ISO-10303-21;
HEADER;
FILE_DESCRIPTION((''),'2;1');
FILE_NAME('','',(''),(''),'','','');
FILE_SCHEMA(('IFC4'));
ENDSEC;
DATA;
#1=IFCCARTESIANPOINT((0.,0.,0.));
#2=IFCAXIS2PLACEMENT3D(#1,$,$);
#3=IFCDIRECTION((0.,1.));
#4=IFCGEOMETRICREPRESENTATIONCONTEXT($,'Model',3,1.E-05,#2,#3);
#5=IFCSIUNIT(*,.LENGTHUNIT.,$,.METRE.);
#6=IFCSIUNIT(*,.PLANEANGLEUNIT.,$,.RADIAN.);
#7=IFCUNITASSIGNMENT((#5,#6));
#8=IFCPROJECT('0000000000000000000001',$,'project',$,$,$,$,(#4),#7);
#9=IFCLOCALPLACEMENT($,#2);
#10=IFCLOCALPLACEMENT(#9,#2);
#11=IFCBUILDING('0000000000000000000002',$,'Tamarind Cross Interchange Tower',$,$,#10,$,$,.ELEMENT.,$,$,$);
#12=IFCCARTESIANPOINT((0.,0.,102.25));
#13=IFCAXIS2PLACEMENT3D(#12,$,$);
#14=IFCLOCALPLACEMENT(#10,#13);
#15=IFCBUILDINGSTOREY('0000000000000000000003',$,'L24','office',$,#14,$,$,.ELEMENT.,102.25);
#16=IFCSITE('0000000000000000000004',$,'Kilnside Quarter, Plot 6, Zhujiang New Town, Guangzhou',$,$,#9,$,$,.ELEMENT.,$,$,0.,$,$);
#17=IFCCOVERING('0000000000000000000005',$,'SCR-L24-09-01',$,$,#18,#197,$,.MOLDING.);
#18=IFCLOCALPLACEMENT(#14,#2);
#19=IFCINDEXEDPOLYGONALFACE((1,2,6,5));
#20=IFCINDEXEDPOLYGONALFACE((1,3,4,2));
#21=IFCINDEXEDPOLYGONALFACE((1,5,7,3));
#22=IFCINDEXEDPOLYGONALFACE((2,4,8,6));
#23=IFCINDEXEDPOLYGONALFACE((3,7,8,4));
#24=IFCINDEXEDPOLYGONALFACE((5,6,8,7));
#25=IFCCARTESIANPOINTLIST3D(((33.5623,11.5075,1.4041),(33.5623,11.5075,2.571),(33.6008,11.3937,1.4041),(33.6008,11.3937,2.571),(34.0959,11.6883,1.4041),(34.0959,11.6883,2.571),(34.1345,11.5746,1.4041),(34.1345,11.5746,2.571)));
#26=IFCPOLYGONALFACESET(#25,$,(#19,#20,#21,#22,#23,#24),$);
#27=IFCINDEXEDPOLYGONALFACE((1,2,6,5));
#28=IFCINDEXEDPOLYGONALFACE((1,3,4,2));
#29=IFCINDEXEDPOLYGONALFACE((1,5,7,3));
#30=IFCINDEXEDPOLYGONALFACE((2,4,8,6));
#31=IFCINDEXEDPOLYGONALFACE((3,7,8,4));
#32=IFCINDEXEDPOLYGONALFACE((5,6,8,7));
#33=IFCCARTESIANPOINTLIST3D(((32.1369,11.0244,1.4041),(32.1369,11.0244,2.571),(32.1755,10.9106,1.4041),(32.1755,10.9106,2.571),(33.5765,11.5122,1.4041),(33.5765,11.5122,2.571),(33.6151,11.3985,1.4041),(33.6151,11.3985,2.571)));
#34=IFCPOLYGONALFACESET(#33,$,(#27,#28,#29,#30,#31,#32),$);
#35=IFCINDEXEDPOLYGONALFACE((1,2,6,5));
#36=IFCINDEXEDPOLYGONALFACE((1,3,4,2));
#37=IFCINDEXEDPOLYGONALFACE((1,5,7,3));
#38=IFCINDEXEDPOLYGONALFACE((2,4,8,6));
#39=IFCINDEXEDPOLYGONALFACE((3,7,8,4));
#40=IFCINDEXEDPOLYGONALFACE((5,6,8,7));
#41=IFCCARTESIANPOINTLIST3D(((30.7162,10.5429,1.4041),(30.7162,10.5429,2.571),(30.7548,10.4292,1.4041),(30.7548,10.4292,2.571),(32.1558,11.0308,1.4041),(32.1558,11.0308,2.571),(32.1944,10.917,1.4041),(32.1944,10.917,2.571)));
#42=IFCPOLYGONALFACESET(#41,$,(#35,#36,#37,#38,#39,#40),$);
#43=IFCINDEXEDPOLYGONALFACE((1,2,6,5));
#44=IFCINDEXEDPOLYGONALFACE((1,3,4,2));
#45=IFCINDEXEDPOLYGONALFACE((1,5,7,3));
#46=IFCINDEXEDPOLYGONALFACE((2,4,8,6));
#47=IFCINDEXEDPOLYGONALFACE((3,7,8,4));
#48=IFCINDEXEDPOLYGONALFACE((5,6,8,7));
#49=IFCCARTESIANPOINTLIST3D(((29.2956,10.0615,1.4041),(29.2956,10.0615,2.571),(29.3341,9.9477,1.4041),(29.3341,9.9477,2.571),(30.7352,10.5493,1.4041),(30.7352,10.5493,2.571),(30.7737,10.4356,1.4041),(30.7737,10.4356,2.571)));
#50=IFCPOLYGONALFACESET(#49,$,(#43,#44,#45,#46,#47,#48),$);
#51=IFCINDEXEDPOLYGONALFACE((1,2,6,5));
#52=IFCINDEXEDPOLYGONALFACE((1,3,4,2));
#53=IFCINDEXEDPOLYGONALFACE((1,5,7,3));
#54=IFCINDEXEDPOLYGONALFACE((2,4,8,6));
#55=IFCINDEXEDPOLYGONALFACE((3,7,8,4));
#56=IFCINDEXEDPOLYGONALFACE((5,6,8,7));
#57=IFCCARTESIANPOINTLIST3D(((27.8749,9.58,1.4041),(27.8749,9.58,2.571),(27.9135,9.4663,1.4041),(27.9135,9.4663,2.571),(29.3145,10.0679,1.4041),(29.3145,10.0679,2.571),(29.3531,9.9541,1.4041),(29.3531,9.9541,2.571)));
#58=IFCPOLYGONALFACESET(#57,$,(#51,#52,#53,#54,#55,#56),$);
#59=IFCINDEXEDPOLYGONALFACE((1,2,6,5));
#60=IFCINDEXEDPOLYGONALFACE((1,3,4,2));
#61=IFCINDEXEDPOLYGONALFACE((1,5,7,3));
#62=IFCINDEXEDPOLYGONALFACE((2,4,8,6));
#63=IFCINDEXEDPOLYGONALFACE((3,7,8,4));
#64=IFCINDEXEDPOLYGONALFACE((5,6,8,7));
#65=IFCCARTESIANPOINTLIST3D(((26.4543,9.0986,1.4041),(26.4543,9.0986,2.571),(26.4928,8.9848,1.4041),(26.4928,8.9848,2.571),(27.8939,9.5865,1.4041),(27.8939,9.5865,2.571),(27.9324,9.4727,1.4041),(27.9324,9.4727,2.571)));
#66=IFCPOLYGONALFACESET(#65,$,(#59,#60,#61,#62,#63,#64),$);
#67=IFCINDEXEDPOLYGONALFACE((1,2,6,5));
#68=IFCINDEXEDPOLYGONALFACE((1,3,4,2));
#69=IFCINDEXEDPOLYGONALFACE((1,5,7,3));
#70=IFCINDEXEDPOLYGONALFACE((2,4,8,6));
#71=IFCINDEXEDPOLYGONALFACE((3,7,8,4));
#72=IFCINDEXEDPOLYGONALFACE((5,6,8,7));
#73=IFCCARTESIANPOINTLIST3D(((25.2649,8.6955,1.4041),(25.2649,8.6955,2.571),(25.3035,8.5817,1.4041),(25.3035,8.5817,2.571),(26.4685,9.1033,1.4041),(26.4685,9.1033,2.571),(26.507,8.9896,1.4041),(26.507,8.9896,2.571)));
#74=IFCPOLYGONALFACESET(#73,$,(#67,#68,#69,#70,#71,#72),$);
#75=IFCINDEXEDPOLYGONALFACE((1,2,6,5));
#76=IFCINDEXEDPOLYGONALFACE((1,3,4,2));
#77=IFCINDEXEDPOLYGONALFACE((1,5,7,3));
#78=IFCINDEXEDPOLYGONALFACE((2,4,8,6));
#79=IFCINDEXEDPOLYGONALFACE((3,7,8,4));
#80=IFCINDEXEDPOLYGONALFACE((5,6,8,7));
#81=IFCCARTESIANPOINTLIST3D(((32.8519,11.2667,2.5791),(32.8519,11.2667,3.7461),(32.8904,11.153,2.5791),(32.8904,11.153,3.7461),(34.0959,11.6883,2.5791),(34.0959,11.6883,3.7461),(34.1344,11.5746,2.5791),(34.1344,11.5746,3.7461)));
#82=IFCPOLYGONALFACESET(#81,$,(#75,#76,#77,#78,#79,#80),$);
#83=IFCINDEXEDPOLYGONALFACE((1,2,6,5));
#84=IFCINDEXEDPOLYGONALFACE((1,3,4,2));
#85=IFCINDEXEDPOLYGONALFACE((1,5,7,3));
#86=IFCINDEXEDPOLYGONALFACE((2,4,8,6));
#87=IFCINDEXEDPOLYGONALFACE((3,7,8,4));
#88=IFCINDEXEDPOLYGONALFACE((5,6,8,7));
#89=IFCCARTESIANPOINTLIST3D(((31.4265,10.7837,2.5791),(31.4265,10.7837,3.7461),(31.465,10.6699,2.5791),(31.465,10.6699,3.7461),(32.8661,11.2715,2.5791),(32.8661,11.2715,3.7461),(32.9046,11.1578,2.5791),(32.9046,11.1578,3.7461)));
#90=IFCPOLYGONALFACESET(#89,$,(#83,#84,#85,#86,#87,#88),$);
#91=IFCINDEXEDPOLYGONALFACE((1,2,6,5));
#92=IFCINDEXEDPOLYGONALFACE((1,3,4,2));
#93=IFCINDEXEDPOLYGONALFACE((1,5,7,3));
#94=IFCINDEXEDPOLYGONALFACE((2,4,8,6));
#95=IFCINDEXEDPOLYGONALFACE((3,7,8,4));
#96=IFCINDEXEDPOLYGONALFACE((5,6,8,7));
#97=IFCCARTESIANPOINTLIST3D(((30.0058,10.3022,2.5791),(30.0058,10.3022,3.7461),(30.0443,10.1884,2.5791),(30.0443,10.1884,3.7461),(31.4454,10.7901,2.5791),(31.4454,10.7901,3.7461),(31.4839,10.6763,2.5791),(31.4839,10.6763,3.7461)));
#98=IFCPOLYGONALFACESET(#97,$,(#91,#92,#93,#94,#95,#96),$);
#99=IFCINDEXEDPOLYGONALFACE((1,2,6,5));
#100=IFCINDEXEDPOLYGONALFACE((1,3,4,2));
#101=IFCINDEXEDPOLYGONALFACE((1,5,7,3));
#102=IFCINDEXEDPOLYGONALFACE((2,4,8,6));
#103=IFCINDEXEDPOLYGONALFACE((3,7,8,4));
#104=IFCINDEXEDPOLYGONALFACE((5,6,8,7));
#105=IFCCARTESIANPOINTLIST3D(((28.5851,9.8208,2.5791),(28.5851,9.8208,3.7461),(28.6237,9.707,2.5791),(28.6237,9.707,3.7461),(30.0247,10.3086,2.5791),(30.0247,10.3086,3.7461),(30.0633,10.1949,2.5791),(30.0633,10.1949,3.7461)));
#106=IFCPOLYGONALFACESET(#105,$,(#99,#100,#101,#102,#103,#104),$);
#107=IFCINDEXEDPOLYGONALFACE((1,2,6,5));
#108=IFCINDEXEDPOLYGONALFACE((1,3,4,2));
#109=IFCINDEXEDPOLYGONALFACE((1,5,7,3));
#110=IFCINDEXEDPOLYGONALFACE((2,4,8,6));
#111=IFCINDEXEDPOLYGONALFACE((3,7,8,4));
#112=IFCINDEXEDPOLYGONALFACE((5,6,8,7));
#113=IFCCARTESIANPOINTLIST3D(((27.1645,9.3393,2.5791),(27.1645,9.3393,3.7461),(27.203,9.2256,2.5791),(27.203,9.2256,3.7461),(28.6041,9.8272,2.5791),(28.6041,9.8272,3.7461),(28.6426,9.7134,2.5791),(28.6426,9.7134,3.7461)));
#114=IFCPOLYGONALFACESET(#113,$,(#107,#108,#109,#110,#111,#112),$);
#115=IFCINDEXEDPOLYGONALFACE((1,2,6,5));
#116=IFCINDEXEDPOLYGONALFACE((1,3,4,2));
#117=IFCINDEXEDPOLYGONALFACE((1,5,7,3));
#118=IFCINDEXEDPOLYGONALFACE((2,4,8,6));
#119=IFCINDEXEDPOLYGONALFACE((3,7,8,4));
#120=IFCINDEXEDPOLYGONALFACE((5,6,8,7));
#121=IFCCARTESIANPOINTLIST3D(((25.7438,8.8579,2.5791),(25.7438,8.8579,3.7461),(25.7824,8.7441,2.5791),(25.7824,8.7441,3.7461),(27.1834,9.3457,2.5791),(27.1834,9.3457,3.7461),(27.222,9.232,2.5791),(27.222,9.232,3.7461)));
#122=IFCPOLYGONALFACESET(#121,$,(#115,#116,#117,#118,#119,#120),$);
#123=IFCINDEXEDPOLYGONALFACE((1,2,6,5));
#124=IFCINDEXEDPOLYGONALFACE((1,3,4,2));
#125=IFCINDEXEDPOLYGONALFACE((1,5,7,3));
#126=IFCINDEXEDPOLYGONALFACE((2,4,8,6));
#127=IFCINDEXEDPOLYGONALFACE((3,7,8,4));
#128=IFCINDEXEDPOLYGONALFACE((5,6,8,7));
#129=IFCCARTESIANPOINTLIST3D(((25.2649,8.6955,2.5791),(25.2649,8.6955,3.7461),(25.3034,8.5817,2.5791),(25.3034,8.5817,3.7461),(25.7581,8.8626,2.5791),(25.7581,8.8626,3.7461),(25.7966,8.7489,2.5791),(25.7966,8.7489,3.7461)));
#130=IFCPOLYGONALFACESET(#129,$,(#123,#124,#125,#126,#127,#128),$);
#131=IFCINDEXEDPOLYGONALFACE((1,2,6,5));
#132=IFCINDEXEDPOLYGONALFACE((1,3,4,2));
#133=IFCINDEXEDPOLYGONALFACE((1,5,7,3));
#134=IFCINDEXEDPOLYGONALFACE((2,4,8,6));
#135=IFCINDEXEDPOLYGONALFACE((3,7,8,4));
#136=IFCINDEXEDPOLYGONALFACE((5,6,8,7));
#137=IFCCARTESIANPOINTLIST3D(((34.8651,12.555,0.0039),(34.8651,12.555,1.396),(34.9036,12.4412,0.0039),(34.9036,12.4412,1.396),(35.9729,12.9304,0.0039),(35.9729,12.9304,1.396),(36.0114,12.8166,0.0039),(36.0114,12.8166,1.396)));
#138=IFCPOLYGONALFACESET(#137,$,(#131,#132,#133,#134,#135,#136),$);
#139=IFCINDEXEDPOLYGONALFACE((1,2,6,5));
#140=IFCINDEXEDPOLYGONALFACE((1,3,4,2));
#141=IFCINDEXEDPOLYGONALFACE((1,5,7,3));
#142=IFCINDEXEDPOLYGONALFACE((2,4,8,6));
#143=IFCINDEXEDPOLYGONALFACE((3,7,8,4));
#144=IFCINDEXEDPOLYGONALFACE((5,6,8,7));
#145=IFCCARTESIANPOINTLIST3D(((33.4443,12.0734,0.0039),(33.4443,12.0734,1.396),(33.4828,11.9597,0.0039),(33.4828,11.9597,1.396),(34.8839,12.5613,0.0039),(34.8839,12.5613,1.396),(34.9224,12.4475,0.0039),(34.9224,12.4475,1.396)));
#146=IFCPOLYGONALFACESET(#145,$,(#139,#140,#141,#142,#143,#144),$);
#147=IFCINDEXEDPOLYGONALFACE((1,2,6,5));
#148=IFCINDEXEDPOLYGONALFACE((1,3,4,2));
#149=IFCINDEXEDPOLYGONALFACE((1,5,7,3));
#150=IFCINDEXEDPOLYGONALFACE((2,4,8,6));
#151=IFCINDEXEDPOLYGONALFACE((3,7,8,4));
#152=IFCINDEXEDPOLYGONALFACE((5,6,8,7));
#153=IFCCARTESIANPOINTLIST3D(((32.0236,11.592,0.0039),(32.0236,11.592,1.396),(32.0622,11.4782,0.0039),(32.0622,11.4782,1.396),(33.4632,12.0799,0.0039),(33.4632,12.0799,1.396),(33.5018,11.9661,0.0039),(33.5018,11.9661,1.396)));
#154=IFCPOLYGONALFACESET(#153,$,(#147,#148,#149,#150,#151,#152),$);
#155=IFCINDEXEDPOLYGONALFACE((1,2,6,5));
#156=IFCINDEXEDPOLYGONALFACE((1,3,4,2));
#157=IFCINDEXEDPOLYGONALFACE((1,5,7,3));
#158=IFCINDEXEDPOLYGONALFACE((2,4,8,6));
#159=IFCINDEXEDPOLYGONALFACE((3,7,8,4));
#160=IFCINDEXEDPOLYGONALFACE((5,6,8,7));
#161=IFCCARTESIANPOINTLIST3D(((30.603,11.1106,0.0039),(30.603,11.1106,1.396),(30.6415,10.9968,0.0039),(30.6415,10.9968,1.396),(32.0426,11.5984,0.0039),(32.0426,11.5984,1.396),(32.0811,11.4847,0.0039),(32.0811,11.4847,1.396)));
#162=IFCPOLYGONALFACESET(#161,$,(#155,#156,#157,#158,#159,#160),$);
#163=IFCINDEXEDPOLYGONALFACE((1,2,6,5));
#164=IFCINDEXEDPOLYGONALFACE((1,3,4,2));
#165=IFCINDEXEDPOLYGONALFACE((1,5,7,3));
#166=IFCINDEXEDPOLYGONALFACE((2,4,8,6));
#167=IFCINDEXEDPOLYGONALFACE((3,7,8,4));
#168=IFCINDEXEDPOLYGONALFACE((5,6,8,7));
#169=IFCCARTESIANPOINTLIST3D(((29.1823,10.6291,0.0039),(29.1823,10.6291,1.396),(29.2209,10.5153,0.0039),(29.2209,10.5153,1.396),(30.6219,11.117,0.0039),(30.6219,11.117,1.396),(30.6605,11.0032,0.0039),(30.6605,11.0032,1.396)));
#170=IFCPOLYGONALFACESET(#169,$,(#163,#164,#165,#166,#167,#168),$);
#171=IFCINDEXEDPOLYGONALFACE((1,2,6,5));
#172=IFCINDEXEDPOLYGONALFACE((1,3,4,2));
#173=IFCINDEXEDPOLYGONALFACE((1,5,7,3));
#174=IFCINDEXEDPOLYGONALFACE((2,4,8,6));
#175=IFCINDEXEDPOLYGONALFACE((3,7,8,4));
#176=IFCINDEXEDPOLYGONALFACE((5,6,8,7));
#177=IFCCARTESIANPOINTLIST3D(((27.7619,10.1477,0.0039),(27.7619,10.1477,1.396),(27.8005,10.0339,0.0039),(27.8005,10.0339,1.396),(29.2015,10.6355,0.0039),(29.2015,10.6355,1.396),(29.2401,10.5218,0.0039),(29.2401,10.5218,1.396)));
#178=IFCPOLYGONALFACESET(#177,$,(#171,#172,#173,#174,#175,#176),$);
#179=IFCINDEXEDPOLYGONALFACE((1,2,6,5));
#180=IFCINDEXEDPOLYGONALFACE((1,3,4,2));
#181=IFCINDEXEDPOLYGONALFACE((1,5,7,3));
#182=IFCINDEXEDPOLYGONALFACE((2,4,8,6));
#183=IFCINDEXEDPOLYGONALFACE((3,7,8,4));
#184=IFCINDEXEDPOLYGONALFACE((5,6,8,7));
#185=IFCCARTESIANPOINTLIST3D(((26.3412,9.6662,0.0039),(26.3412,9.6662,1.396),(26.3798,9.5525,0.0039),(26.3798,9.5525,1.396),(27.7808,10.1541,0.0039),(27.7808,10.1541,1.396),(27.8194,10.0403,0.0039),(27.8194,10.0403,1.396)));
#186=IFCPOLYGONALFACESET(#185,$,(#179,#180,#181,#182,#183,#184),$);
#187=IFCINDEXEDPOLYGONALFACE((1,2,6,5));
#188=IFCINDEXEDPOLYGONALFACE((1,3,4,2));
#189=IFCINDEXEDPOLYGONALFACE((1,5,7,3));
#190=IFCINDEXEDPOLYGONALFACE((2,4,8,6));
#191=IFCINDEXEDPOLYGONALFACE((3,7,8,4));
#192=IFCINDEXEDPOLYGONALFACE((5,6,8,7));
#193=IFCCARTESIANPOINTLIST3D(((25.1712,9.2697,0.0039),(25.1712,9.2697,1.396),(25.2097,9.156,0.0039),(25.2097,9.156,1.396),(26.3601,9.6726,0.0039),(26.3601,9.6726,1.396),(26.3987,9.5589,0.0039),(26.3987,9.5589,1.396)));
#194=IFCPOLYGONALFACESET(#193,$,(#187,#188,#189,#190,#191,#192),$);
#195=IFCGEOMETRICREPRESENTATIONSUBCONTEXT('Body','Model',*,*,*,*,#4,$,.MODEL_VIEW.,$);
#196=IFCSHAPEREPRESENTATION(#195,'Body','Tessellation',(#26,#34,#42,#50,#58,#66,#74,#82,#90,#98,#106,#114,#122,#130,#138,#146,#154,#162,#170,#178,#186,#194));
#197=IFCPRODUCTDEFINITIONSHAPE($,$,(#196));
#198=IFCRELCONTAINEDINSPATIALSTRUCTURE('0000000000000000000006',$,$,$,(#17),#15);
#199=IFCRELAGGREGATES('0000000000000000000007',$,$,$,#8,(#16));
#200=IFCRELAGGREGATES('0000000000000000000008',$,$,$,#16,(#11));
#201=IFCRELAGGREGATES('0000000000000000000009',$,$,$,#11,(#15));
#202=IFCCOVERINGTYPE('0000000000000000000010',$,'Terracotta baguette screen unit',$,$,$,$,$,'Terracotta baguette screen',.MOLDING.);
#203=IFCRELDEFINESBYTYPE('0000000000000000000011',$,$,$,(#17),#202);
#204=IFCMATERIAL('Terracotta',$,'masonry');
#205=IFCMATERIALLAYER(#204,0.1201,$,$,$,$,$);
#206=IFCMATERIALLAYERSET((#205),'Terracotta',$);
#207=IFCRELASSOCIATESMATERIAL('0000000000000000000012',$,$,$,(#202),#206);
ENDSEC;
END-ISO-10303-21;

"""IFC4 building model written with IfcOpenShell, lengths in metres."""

from ifc_helpers import new_model, si_unit, direction, frame, origin, origin_2d, place, context, subcontext, project, spatial, rectangle, extrude, material, layer, layer_set, type_object, element, save


model = new_model("IFC4")

# Units and contexts
model_context = context("Model", 3, precision=1e-05, world=origin(), true_north=direction((0.0, 1.0)))
body_context = subcontext(model_context, "Body", "Model", "MODEL_VIEW")
ifc_project = project(units=[si_unit("LENGTHUNIT", "METRE"), si_unit("PLANEANGLEUNIT", "RADIAN")], contexts=[model_context])

# Site, building, storey
site_placement = place(None, origin())
site = spatial("IfcSite", under=ifc_project, at=site_placement, Name="Kilnside Quarter, Plot 6, Zhujiang New Town, Guangzhou", CompositionType="ELEMENT", RefElevation=0.0)
building_placement = place(site_placement, origin())
building = spatial("IfcBuilding", under=site, at=building_placement, Name="Tamarind Cross Interchange Tower", CompositionType="ELEMENT")
storey_placement = place(building_placement, frame((0.0, 0.0, 102.25)))
storey = spatial("IfcBuildingStorey", under=building, at=storey_placement, Name="L24", Description="office", CompositionType="ELEMENT", Elevation=102.25)

# Covering
ifc_material_1 = material(Name="Terracotta", Category="masonry")
ifc_layer_1 = layer(ifc_material_1, 0.1201)
ifc_layer_set_1 = layer_set([ifc_layer_1], Name="Terracotta")
covering_type = type_object("IfcCoveringType", Name="Terracotta baguette screen unit", ElementType="Terracotta baguette screen", PredefinedType="MOLDING", material=ifc_layer_set_1)
covering_1_placement = place(storey_placement, origin())
element("IfcCovering", 1, at=covering_1_placement, inside=storey, type_object=covering_type, Name="SCR-L24-09-01", PredefinedType="MOLDING", context=body_context, shape_type="SweptSolid", body=[
    extrude(rectangle(XDim=0.5635, YDim=0.1201, at=origin_2d()), frame((33.8484, 11.541, 1.4041), z_axis=(0.0, 0.0, 1.0), x_axis=(-0.947093, -0.320959, 0.0)), (0.0, 0.0, 1.0), 1.167),
    extrude(rectangle(XDim=1.52, YDim=0.1201, at=origin_2d()), frame((32.876, 11.2114, 1.4041), z_axis=(0.0, 0.0, 1.0), x_axis=(-0.947093, -0.320959, 0.0)), (0.0, 0.0, 1.0), 1.167),
    extrude(rectangle(XDim=1.52, YDim=0.1201, at=origin_2d()), frame((31.4553, 10.73, 1.4041), z_axis=(0.0, 0.0, 1.0), x_axis=(-0.947093, -0.320959, 0.0)), (0.0, 0.0, 1.0), 1.167),
    extrude(rectangle(XDim=1.52, YDim=0.1201, at=origin_2d()), frame((30.0347, 10.2485, 1.4041), z_axis=(0.0, 0.0, 1.0), x_axis=(-0.947093, -0.320959, 0.0)), (0.0, 0.0, 1.0), 1.167),
    extrude(rectangle(XDim=1.52, YDim=0.1201, at=origin_2d()), frame((28.614, 9.7671, 1.4041), z_axis=(0.0, 0.0, 1.0), x_axis=(-0.947093, -0.320959, 0.0)), (0.0, 0.0, 1.0), 1.167),
    extrude(rectangle(XDim=1.52, YDim=0.1201, at=origin_2d()), frame((27.1934, 9.2856, 1.4041), z_axis=(0.0, 0.0, 1.0), x_axis=(-0.947093, -0.320959, 0.0)), (0.0, 0.0, 1.0), 1.167),
    extrude(rectangle(XDim=1.2708, YDim=0.1201, at=origin_2d()), frame((25.886, 8.8425, 1.4041), z_axis=(0.0, 0.0, 1.0), x_axis=(-0.947093, -0.320959, 0.0)), (0.0, 0.0, 1.0), 1.167),
    extrude(rectangle(XDim=1.3135, YDim=0.1201, at=origin_2d()), frame((33.4932, 11.4207, 2.5791), z_axis=(0.0, 0.0, 1.0), x_axis=(-0.947093, -0.320959, 0.0)), (0.0, 0.0, 1.0), 1.167),
    extrude(rectangle(XDim=1.52, YDim=0.1201, at=origin_2d()), frame((32.1655, 10.9707, 2.5791), z_axis=(0.0, 0.0, 1.0), x_axis=(-0.947093, -0.320959, 0.0)), (0.0, 0.0, 1.0), 1.167),
    extrude(rectangle(XDim=1.52, YDim=0.1201, at=origin_2d()), frame((30.7449, 10.4893, 2.5791), z_axis=(0.0, 0.0, 1.0), x_axis=(-0.947093, -0.320959, 0.0)), (0.0, 0.0, 1.0), 1.167),
    extrude(rectangle(XDim=1.52, YDim=0.1201, at=origin_2d()), frame((29.3242, 10.0078, 2.5791), z_axis=(0.0, 0.0, 1.0), x_axis=(-0.947093, -0.320959, 0.0)), (0.0, 0.0, 1.0), 1.167),
    extrude(rectangle(XDim=1.52, YDim=0.1201, at=origin_2d()), frame((27.9036, 9.5264, 2.5791), z_axis=(0.0, 0.0, 1.0), x_axis=(-0.947093, -0.320959, 0.0)), (0.0, 0.0, 1.0), 1.167),
    extrude(rectangle(XDim=1.52, YDim=0.1201, at=origin_2d()), frame((26.4829, 9.0449, 2.5791), z_axis=(0.0, 0.0, 1.0), x_axis=(-0.947093, -0.320959, 0.0)), (0.0, 0.0, 1.0), 1.167),
    extrude(rectangle(XDim=0.5208, YDim=0.1201, at=origin_2d()), frame((25.5308, 8.7222, 2.5791), z_axis=(0.0, 0.0, 1.0), x_axis=(-0.947093, -0.320959, 0.0)), (0.0, 0.0, 1.0), 1.167),
    extrude(rectangle(XDim=1.1697, YDim=0.1201, at=origin_2d()), frame((35.4382, 12.6858, 0.0039), z_axis=(0.0, 0.0, 1.0), x_axis=(-0.947093, -0.320959, 0.0)), (0.0, 0.0, 1.0), 1.3921),
    extrude(rectangle(XDim=1.52, YDim=0.1201, at=origin_2d()), frame((34.1833, 12.2605, 0.0039), z_axis=(0.0, 0.0, 1.0), x_axis=(-0.947093, -0.320959, 0.0)), (0.0, 0.0, 1.0), 1.3921),
    extrude(rectangle(XDim=1.52, YDim=0.1201, at=origin_2d()), frame((32.7627, 11.7791, 0.0039), z_axis=(0.0, 0.0, 1.0), x_axis=(-0.947093, -0.320959, 0.0)), (0.0, 0.0, 1.0), 1.3921),
    extrude(rectangle(XDim=1.52, YDim=0.1201, at=origin_2d()), frame((31.342, 11.2976, 0.0039), z_axis=(0.0, 0.0, 1.0), x_axis=(-0.947093, -0.320959, 0.0)), (0.0, 0.0, 1.0), 1.3921),
    extrude(rectangle(XDim=1.52, YDim=0.1201, at=origin_2d()), frame((29.9214, 10.8162, 0.0039), z_axis=(0.0, 0.0, 1.0), x_axis=(-0.947093, -0.320959, 0.0)), (0.0, 0.0, 1.0), 1.3921),
    extrude(rectangle(XDim=1.52, YDim=0.1201, at=origin_2d()), frame((28.501, 10.3347, 0.0039), z_axis=(0.0, 0.0, 1.0), x_axis=(-0.947093, -0.320959, 0.0)), (0.0, 0.0, 1.0), 1.3921),
    extrude(rectangle(XDim=1.52, YDim=0.1201, at=origin_2d()), frame((27.0803, 9.8533, 0.0039), z_axis=(0.0, 0.0, 1.0), x_axis=(-0.947093, -0.320959, 0.0)), (0.0, 0.0, 1.0), 1.3921),
    extrude(rectangle(XDim=1.2554, YDim=0.1201, at=origin_2d()), frame((25.7849, 9.4143, 0.0039), z_axis=(0.0, 0.0, 1.0), x_axis=(-0.947093, -0.320959, 0.0)), (0.0, 0.0, 1.0), 1.3921),
])

save(model, "model.ifc")
